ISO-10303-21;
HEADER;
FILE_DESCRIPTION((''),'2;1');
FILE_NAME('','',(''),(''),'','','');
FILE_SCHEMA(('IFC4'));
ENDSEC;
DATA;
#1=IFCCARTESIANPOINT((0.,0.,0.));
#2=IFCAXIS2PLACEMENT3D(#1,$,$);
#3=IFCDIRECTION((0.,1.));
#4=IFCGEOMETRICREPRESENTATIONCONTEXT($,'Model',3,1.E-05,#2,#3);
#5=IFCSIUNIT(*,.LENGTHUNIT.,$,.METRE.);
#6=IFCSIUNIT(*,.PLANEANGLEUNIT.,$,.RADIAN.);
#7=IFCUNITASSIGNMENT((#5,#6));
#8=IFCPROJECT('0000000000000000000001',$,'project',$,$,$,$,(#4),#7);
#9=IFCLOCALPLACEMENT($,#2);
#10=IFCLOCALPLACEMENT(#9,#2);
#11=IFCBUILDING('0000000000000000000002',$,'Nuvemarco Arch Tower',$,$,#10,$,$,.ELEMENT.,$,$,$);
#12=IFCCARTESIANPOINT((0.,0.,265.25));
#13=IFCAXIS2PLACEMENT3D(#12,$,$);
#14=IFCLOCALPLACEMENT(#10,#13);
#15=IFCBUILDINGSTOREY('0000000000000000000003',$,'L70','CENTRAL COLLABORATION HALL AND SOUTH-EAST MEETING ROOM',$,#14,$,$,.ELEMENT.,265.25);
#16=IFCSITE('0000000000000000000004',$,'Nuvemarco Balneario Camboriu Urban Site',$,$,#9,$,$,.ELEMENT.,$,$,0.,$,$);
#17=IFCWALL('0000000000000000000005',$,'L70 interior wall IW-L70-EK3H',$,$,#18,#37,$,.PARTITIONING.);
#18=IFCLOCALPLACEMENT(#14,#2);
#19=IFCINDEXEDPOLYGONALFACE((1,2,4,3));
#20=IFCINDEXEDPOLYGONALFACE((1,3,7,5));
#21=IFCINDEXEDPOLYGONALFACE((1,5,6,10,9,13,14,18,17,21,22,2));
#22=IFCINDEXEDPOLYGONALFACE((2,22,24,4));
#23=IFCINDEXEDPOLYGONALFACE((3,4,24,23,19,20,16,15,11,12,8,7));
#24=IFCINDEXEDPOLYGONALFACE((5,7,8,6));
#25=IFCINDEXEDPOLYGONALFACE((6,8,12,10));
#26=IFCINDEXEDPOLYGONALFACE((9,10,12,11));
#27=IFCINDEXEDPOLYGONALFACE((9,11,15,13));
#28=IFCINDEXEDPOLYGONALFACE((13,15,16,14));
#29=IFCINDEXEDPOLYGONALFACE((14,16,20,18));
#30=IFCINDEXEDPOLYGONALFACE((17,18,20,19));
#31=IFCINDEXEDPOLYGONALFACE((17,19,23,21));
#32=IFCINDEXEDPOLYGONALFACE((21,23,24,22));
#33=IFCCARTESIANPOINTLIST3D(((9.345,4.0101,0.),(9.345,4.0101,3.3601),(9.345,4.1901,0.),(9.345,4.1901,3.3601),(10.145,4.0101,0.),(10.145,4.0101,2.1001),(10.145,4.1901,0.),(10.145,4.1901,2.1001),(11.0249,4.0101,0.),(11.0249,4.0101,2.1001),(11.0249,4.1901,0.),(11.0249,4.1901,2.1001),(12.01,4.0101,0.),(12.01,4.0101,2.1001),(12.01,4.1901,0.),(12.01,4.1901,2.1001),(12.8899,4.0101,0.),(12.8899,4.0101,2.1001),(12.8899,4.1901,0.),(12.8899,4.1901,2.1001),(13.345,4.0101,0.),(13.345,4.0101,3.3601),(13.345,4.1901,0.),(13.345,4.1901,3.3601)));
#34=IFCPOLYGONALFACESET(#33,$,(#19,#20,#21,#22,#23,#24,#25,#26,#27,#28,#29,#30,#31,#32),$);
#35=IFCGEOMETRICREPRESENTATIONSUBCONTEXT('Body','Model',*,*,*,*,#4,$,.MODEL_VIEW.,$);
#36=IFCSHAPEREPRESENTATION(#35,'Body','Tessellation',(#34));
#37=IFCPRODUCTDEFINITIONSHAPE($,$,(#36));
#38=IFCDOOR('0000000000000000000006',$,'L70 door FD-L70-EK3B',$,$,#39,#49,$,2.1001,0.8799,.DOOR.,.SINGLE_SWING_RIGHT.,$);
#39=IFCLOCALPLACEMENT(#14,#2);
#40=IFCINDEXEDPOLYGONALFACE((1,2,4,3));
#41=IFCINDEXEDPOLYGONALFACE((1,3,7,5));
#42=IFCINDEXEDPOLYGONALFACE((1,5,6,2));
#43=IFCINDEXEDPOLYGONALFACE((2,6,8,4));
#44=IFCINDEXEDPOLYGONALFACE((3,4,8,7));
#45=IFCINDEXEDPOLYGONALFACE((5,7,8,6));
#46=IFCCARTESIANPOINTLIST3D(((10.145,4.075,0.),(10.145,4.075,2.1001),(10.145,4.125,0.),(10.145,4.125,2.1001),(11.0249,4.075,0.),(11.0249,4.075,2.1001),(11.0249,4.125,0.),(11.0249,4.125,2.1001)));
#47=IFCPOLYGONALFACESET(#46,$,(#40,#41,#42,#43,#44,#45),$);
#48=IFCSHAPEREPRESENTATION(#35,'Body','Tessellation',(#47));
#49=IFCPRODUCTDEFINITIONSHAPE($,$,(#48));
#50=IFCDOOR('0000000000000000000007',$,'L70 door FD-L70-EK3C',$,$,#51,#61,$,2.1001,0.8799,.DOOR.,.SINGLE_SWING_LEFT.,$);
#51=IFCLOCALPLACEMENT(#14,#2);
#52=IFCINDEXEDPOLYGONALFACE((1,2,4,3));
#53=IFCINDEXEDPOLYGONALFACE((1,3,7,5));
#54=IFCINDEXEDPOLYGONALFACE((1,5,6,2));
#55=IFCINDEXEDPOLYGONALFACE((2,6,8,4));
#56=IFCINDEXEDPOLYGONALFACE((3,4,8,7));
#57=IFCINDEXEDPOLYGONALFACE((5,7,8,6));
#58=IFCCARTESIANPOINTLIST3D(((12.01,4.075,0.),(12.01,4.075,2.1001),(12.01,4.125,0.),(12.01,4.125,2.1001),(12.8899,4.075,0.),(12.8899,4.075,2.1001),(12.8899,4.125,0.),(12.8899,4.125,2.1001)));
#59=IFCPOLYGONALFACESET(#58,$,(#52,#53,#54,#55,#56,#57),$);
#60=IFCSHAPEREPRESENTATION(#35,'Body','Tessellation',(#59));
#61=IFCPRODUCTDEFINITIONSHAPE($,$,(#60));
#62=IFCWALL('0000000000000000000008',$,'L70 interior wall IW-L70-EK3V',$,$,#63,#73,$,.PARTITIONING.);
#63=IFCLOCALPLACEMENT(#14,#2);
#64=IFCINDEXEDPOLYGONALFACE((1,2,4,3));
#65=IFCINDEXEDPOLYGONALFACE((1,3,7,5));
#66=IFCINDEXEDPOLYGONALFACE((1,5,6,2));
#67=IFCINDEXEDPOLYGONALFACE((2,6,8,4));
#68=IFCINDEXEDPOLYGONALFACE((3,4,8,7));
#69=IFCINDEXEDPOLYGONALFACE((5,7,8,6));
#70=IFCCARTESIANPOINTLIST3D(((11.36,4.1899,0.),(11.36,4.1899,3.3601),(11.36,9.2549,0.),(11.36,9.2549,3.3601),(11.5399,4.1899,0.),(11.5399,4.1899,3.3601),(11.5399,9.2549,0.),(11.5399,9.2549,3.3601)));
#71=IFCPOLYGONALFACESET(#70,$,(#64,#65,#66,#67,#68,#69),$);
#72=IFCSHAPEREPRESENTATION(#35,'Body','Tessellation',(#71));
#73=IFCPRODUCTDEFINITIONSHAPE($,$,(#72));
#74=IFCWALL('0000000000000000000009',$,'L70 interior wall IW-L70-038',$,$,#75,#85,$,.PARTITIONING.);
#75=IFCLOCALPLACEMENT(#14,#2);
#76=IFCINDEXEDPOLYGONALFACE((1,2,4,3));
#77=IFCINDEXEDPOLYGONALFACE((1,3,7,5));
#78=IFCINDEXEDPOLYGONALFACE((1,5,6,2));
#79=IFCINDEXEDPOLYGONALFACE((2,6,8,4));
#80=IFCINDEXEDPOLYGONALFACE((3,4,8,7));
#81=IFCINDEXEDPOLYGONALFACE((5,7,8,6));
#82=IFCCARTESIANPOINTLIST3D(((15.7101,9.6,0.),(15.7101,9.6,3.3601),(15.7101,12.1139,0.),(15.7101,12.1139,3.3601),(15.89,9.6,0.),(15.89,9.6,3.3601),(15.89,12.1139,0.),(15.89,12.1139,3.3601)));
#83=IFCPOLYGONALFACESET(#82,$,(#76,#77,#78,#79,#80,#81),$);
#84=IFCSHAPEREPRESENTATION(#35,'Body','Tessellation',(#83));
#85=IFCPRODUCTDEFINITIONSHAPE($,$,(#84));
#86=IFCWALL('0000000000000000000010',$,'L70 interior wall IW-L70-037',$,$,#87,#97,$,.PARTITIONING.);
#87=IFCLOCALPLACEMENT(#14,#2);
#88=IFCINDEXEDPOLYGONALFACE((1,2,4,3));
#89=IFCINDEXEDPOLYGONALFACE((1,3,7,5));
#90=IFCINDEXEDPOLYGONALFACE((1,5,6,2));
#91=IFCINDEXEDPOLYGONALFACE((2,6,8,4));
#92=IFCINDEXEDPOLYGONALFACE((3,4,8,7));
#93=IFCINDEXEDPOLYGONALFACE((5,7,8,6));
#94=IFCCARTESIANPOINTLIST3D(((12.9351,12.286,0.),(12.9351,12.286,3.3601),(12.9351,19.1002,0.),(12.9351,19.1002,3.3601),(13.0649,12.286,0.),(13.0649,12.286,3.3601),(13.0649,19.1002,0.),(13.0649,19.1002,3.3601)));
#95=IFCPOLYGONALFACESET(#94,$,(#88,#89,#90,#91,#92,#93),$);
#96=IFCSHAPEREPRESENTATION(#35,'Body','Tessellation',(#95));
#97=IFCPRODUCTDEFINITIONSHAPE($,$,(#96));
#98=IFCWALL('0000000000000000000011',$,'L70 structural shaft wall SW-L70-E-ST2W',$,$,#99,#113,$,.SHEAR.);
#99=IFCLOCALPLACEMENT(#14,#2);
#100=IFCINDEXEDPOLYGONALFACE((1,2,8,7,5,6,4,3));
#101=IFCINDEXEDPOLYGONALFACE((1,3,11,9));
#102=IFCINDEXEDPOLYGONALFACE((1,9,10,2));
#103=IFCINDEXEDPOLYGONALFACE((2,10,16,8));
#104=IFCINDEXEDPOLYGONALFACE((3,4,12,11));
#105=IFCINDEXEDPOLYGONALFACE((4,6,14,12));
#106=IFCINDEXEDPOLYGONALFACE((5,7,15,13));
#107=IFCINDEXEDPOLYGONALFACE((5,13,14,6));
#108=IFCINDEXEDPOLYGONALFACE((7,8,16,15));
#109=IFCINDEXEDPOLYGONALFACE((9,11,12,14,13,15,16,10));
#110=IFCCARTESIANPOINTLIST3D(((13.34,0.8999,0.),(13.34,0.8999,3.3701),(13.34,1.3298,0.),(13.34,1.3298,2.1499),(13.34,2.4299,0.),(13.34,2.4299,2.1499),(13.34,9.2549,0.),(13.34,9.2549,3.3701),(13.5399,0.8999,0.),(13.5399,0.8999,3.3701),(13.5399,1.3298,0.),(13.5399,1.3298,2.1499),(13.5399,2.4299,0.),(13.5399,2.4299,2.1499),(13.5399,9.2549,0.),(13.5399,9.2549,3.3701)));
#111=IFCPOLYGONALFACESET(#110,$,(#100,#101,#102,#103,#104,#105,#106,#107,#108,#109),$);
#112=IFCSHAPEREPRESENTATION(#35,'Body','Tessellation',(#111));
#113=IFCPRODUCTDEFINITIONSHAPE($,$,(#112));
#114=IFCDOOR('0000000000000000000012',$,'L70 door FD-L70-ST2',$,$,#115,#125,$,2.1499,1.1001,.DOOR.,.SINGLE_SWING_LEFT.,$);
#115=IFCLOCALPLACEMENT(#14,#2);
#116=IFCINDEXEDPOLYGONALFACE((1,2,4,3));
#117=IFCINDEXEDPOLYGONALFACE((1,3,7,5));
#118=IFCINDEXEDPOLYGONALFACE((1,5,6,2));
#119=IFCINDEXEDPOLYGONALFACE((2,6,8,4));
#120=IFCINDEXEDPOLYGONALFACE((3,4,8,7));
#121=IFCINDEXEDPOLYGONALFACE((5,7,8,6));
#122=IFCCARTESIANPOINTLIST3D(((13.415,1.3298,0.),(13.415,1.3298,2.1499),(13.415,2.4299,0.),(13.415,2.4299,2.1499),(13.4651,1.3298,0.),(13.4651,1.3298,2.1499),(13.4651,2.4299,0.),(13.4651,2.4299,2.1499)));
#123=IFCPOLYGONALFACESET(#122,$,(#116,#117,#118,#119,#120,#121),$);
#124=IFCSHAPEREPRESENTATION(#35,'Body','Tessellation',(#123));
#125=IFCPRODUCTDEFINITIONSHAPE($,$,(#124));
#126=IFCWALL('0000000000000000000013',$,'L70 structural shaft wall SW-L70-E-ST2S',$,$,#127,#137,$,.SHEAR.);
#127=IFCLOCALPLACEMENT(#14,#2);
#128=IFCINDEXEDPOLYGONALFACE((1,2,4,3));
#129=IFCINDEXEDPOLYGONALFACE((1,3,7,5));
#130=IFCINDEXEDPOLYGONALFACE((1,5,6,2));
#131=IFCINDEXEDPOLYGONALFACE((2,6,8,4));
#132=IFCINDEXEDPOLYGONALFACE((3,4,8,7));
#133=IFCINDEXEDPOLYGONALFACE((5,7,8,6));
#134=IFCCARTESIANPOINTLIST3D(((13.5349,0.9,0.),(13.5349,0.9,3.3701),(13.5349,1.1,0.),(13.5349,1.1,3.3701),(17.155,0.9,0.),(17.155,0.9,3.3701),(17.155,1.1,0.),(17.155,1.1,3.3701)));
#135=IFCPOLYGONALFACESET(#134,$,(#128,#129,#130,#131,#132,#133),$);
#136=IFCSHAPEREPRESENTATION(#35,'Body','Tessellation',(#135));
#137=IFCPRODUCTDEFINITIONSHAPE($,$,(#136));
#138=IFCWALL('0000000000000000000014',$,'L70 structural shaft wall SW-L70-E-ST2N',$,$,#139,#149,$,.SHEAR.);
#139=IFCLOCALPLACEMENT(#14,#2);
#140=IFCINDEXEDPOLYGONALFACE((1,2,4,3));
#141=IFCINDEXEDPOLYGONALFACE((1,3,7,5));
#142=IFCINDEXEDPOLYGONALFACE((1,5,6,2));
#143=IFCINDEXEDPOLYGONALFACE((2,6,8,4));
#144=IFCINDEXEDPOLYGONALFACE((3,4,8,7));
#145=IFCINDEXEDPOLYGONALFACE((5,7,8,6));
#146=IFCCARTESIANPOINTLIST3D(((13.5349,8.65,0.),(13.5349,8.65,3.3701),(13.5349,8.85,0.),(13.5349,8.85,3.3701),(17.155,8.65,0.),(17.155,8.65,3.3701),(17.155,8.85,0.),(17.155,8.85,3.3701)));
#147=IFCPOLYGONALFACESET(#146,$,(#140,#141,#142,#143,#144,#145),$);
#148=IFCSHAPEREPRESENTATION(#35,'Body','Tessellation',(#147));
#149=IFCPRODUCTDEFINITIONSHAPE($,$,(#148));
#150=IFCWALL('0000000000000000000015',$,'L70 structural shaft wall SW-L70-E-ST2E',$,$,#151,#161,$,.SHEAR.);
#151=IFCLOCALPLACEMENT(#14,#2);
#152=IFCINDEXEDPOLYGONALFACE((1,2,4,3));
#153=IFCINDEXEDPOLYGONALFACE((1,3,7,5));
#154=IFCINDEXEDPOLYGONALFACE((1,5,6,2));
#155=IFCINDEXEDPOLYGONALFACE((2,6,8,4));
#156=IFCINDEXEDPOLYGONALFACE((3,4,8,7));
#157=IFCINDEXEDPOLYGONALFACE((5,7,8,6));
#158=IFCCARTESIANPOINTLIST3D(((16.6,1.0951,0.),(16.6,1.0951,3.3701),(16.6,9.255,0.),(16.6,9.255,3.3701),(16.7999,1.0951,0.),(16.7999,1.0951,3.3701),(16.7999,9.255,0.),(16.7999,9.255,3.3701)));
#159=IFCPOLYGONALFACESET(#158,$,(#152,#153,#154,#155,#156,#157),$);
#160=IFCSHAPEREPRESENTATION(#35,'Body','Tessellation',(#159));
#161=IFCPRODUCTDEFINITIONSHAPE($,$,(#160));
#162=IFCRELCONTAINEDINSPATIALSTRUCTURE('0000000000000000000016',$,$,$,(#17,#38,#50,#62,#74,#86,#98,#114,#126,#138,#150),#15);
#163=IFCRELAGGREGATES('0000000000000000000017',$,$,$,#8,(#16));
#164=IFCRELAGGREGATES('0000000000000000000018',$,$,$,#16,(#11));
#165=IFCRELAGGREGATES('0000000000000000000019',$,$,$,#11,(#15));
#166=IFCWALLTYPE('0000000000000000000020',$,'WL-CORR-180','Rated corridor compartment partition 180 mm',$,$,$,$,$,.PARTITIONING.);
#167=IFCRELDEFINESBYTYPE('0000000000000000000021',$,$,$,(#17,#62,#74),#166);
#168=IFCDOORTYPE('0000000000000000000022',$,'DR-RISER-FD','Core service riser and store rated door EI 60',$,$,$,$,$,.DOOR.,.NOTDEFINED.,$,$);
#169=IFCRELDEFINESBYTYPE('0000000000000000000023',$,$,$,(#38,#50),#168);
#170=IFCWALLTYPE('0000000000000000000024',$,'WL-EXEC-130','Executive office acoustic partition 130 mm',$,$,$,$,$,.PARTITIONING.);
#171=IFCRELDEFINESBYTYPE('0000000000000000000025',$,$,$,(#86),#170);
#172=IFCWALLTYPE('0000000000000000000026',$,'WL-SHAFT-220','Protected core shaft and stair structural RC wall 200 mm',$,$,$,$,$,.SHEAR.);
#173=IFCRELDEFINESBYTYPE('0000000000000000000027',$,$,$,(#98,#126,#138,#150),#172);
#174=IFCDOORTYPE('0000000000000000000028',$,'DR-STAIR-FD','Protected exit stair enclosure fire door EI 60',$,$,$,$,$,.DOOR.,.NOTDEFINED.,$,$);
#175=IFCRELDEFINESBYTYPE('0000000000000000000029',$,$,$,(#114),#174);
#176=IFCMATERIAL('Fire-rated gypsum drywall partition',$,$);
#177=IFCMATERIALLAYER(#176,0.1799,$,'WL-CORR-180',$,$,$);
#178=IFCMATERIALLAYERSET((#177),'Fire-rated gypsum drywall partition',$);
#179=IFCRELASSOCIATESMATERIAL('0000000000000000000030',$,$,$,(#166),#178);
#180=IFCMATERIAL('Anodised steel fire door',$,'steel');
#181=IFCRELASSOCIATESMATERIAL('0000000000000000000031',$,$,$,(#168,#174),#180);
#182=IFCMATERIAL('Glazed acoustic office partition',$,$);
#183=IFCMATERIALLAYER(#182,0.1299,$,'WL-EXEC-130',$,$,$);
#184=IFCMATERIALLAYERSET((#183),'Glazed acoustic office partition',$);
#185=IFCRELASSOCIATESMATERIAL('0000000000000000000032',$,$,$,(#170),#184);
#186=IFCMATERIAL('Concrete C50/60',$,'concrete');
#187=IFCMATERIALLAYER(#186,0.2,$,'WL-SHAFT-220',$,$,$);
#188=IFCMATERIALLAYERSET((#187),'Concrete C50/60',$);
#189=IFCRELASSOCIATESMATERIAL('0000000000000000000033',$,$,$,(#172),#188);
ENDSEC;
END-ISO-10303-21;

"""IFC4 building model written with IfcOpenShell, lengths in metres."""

from ifc_helpers import new_model, si_unit, direction, frame, frame_2d, origin, place, context, subcontext, project, spatial, rectangle, extrude, source, transform, mapped, material, layer, layer_set, type_object, type_shapes, element, fill, save


model = new_model("IFC4")

# Units and contexts
model_context = context("Model", 3, precision=1e-05, world=origin(), true_north=direction((0.0, 1.0)))
body_context = subcontext(model_context, "Body", "Model", "MODEL_VIEW")
ifc_project = project(units=[si_unit("LENGTHUNIT", "METRE"), si_unit("PLANEANGLEUNIT", "RADIAN")], contexts=[model_context])

# Site, building, storey
site_placement = place(None, origin())
site = spatial("IfcSite", under=ifc_project, at=site_placement, Name="Nuvemarco Balneario Camboriu Urban Site", CompositionType="ELEMENT", RefElevation=0.0)
building_placement = place(site_placement, origin())
building = spatial("IfcBuilding", under=site, at=building_placement, Name="Nuvemarco Arch Tower", CompositionType="ELEMENT")
storey_placement = place(building_placement, frame((0.0, 0.0, 265.25)))
storey = spatial("IfcBuildingStorey", under=building, at=storey_placement, Name="L70", Description="CENTRAL COLLABORATION HALL AND SOUTH-EAST MEETING ROOM", CompositionType="ELEMENT", Elevation=265.25)

# Shared definitions
ifc_material_1 = material(Name="Concrete C50/60", Category="concrete")

# Wall, openings, doors
ifc_material_2 = material(Name="Fire-rated gypsum drywall partition")
ifc_layer_1 = layer(ifc_material_2, 0.1799, Name="WL-CORR-180")
ifc_layer_set_1 = layer_set([ifc_layer_1], Name="Fire-rated gypsum drywall partition")
wall_type_1 = type_object("IfcWallType", Name="WL-CORR-180", Description="Rated corridor compartment partition 180 mm", PredefinedType="PARTITIONING", material=ifc_layer_set_1)
wall_1_placement = place(storey_placement, frame((9.345, 4.1001, 0.0), z_axis=(0.0, 0.0, 1.0), x_axis=(1.0, 0.0, 0.0)))
wall_1 = element("IfcWall", 1, at=wall_1_placement, inside=storey, type_object=wall_type_1, Name="L70 interior wall IW-L70-EK3H", PredefinedType="PARTITIONING", context=body_context, shape_type="SweptSolid", body=[
    extrude(rectangle(XDim=4.0, YDim=0.1799, at=frame_2d((2.0, 0.0))), origin(), (0.0, 0.0, 1.0), 3.3601),
])
opening_1_placement = place(wall_1_placement, frame((0.8, 0.0, 0.0)))
opening_1 = element("IfcOpeningElement", 2, at=opening_1_placement, cuts=wall_1, PredefinedType="OPENING", context=body_context, shape_type="SweptSolid", body=[
    extrude(rectangle(XDim=0.8799, YDim=2.1001, at=frame_2d((0.4399, 1.05))), frame((0.0, 0.0999, 0.0), z_axis=(0.0, -1.0, 0.0), x_axis=(1.0, 0.0, 0.0)), (0.0, 0.0, 1.0), 0.2),
])
opening_2_placement = place(wall_1_placement, frame((2.665, 0.0, 0.0)))
opening_2 = element("IfcOpeningElement", 3, at=opening_2_placement, cuts=wall_1, PredefinedType="OPENING", context=body_context, shape_type="SweptSolid", body=[
    extrude(rectangle(XDim=0.8799, YDim=2.1001, at=frame_2d((0.4399, 1.05))), frame((0.0, 0.0999, 0.0), z_axis=(0.0, -1.0, 0.0), x_axis=(1.0, 0.0, 0.0)), (0.0, 0.0, 1.0), 0.2),
])
ifc_material_3 = material(Name="Anodised steel fire door", Category="steel")
door_type_1 = type_object("IfcDoorType", Name="DR-RISER-FD", Description="Core service riser and store rated door EI 60", OperationType="NOTDEFINED", PredefinedType="DOOR", material=ifc_material_3)
shared_shape_1 = source(origin(), body_context, "Body", "SweptSolid", [
    extrude(rectangle(XDim=0.8799, YDim=2.1001, at=frame_2d((0.4399, 1.05))), frame((0.0, 0.0249, 0.0), z_axis=(0.0, -1.0, 0.0), x_axis=(1.0, 0.0, 0.0)), (0.0, 0.0, 1.0), 0.05),
])
type_shapes(door_type_1, [shared_shape_1])
door_1_placement = place(opening_1_placement, origin())
door_1 = element("IfcDoor", 4, at=door_1_placement, inside=storey, type_object=door_type_1, Name="L70 door FD-L70-EK3B", OperationType="SINGLE_SWING_RIGHT", OverallHeight=2.1001, OverallWidth=0.8799, PredefinedType="DOOR", context=body_context, shape_type="MappedRepresentation", body=[
    mapped(shared_shape_1, transform((0.0, 0.0, 0.0), scale=1.0)),
])
fill(opening_1, door_1)
door_2_placement = place(opening_2_placement, origin())
door_2 = element("IfcDoor", 5, at=door_2_placement, inside=storey, type_object=door_type_1, Name="L70 door FD-L70-EK3C", OperationType="SINGLE_SWING_LEFT", OverallHeight=2.1001, OverallWidth=0.8799, PredefinedType="DOOR", context=body_context, shape_type="MappedRepresentation", body=[
    mapped(shared_shape_1, transform((0.0, 0.0, 0.0), scale=1.0)),
])
fill(opening_2, door_2)

# Walls
wall_2_placement = place(storey_placement, frame((11.45, 4.1899, 0.0), z_axis=(0.0, 0.0, 1.0), x_axis=(0.0, 1.0, 0.0)))
element("IfcWall", 6, at=wall_2_placement, inside=storey, type_object=wall_type_1, Name="L70 interior wall IW-L70-EK3V", PredefinedType="PARTITIONING", context=body_context, shape_type="SweptSolid", body=[
    extrude(rectangle(XDim=5.0649, YDim=0.1799, at=frame_2d((2.5325, 0.0))), origin(), (0.0, 0.0, 1.0), 3.3601),
])
wall_3_placement = place(storey_placement, frame((15.8, 9.6001, 0.0), z_axis=(0.0, 0.0, 1.0), x_axis=(0.0, 1.0, 0.0)))
element("IfcWall", 7, at=wall_3_placement, inside=storey, type_object=wall_type_1, Name="L70 interior wall IW-L70-038", PredefinedType="PARTITIONING", context=body_context, shape_type="SweptSolid", body=[
    extrude(rectangle(XDim=2.5139, YDim=0.1799, at=frame_2d((1.2568, 0.0))), origin(), (0.0, 0.0, 1.0), 3.3601),
])
ifc_material_4 = material(Name="Glazed acoustic office partition")
ifc_layer_2 = layer(ifc_material_4, 0.1299, Name="WL-EXEC-130")
ifc_layer_set_2 = layer_set([ifc_layer_2], Name="Glazed acoustic office partition")
wall_type_2 = type_object("IfcWallType", Name="WL-EXEC-130", Description="Executive office acoustic partition 130 mm", PredefinedType="PARTITIONING", material=ifc_layer_set_2)
wall_4_placement = place(storey_placement, frame((13.0, 12.2859, 0.0), z_axis=(0.0, 0.0, 1.0), x_axis=(0.0, 1.0, 0.0)))
element("IfcWall", 8, at=wall_4_placement, inside=storey, type_object=wall_type_2, Name="L70 interior wall IW-L70-037", PredefinedType="PARTITIONING", context=body_context, shape_type="SweptSolid", body=[
    extrude(rectangle(XDim=6.8142, YDim=0.1299, at=frame_2d((3.4072, 0.0))), origin(), (0.0, 0.0, 1.0), 3.3601),
])

# Wall, opening, door
ifc_layer_3 = layer(ifc_material_1, 0.2, Name="WL-SHAFT-220")
ifc_layer_set_3 = layer_set([ifc_layer_3], Name="Concrete C50/60")
wall_type_3 = type_object("IfcWallType", Name="WL-SHAFT-220", Description="Protected core shaft and stair structural RC wall 200 mm", PredefinedType="SHEAR", material=ifc_layer_set_3)
wall_5_placement = place(storey_placement, frame((13.4399, 0.8999, 0.0), z_axis=(0.0, 0.0, 1.0), x_axis=(0.0, 1.0, 0.0)))
wall_5 = element("IfcWall", 9, at=wall_5_placement, inside=storey, type_object=wall_type_3, Name="L70 structural shaft wall SW-L70-E-ST2W", PredefinedType="SHEAR", context=body_context, shape_type="SweptSolid", body=[
    extrude(rectangle(XDim=8.355, YDim=0.2, at=frame_2d((4.1775, 0.0))), origin(), (0.0, 0.0, 1.0), 3.3701),
])
opening_3_placement = place(wall_5_placement, frame((0.4299, 0.0, 0.0)))
opening_3 = element("IfcOpeningElement", 10, at=opening_3_placement, cuts=wall_5, PredefinedType="OPENING", context=body_context, shape_type="SweptSolid", body=[
    extrude(rectangle(XDim=1.1001, YDim=2.1499, at=frame_2d((0.55, 1.075))), frame((0.0, 0.1099, 0.0), z_axis=(0.0, -1.0, 0.0), x_axis=(1.0, 0.0, 0.0)), (0.0, 0.0, 1.0), 0.22),
])
door_type_2 = type_object("IfcDoorType", Name="DR-STAIR-FD", Description="Protected exit stair enclosure fire door EI 60", OperationType="NOTDEFINED", PredefinedType="DOOR", material=ifc_material_3)
shared_shape_2 = source(origin(), body_context, "Body", "SweptSolid", [
    extrude(rectangle(XDim=1.1001, YDim=2.1499, at=frame_2d((0.55, 1.075))), frame((0.0, 0.0249, 0.0), z_axis=(0.0, -1.0, 0.0), x_axis=(1.0, 0.0, 0.0)), (0.0, 0.0, 1.0), 0.05),
])
type_shapes(door_type_2, [shared_shape_2])
door_3_placement = place(opening_3_placement, origin())
door_3 = element("IfcDoor", 11, at=door_3_placement, inside=storey, type_object=door_type_2, Name="L70 door FD-L70-ST2", OperationType="SINGLE_SWING_LEFT", OverallHeight=2.1499, OverallWidth=1.1001, PredefinedType="DOOR", context=body_context, shape_type="MappedRepresentation", body=[
    mapped(shared_shape_2, transform((0.0, 0.0, 0.0), scale=1.0)),
])
fill(opening_3, door_3)

# Walls
for number, where, z_axis, x_axis, name in (
    (12, (13.5349, 1.0, 0.0), (0.0, 0.0, 1.0), (1.0, 0.0, 0.0), "L70 structural shaft wall SW-L70-E-ST2S"),
    (13, (13.5349, 8.75, 0.0), (0.0, 0.0, 1.0), (1.0, 0.0, 0.0), "L70 structural shaft wall SW-L70-E-ST2N"),
):
    element("IfcWall", number, at=place(storey_placement, frame(where, z_axis=z_axis, x_axis=x_axis)), inside=storey, type_object=wall_type_3, Name=name, PredefinedType="SHEAR", context=body_context, shape_type="SweptSolid", body=[
        extrude(rectangle(XDim=3.6201, YDim=0.2, at=frame_2d((1.8101, 0.0))), origin(), (0.0, 0.0, 1.0), 3.3701),
    ])
wall_6_placement = place(storey_placement, frame((16.7, 1.095, 0.0), z_axis=(0.0, 0.0, 1.0), x_axis=(0.0, 1.0, 0.0)))
element("IfcWall", 14, at=wall_6_placement, inside=storey, type_object=wall_type_3, Name="L70 structural shaft wall SW-L70-E-ST2E", PredefinedType="SHEAR", context=body_context, shape_type="SweptSolid", body=[
    extrude(rectangle(XDim=8.1599, YDim=0.2, at=frame_2d((4.0801, 0.0))), origin(), (0.0, 0.0, 1.0), 3.3701),
])

save(model, "model.ifc")
